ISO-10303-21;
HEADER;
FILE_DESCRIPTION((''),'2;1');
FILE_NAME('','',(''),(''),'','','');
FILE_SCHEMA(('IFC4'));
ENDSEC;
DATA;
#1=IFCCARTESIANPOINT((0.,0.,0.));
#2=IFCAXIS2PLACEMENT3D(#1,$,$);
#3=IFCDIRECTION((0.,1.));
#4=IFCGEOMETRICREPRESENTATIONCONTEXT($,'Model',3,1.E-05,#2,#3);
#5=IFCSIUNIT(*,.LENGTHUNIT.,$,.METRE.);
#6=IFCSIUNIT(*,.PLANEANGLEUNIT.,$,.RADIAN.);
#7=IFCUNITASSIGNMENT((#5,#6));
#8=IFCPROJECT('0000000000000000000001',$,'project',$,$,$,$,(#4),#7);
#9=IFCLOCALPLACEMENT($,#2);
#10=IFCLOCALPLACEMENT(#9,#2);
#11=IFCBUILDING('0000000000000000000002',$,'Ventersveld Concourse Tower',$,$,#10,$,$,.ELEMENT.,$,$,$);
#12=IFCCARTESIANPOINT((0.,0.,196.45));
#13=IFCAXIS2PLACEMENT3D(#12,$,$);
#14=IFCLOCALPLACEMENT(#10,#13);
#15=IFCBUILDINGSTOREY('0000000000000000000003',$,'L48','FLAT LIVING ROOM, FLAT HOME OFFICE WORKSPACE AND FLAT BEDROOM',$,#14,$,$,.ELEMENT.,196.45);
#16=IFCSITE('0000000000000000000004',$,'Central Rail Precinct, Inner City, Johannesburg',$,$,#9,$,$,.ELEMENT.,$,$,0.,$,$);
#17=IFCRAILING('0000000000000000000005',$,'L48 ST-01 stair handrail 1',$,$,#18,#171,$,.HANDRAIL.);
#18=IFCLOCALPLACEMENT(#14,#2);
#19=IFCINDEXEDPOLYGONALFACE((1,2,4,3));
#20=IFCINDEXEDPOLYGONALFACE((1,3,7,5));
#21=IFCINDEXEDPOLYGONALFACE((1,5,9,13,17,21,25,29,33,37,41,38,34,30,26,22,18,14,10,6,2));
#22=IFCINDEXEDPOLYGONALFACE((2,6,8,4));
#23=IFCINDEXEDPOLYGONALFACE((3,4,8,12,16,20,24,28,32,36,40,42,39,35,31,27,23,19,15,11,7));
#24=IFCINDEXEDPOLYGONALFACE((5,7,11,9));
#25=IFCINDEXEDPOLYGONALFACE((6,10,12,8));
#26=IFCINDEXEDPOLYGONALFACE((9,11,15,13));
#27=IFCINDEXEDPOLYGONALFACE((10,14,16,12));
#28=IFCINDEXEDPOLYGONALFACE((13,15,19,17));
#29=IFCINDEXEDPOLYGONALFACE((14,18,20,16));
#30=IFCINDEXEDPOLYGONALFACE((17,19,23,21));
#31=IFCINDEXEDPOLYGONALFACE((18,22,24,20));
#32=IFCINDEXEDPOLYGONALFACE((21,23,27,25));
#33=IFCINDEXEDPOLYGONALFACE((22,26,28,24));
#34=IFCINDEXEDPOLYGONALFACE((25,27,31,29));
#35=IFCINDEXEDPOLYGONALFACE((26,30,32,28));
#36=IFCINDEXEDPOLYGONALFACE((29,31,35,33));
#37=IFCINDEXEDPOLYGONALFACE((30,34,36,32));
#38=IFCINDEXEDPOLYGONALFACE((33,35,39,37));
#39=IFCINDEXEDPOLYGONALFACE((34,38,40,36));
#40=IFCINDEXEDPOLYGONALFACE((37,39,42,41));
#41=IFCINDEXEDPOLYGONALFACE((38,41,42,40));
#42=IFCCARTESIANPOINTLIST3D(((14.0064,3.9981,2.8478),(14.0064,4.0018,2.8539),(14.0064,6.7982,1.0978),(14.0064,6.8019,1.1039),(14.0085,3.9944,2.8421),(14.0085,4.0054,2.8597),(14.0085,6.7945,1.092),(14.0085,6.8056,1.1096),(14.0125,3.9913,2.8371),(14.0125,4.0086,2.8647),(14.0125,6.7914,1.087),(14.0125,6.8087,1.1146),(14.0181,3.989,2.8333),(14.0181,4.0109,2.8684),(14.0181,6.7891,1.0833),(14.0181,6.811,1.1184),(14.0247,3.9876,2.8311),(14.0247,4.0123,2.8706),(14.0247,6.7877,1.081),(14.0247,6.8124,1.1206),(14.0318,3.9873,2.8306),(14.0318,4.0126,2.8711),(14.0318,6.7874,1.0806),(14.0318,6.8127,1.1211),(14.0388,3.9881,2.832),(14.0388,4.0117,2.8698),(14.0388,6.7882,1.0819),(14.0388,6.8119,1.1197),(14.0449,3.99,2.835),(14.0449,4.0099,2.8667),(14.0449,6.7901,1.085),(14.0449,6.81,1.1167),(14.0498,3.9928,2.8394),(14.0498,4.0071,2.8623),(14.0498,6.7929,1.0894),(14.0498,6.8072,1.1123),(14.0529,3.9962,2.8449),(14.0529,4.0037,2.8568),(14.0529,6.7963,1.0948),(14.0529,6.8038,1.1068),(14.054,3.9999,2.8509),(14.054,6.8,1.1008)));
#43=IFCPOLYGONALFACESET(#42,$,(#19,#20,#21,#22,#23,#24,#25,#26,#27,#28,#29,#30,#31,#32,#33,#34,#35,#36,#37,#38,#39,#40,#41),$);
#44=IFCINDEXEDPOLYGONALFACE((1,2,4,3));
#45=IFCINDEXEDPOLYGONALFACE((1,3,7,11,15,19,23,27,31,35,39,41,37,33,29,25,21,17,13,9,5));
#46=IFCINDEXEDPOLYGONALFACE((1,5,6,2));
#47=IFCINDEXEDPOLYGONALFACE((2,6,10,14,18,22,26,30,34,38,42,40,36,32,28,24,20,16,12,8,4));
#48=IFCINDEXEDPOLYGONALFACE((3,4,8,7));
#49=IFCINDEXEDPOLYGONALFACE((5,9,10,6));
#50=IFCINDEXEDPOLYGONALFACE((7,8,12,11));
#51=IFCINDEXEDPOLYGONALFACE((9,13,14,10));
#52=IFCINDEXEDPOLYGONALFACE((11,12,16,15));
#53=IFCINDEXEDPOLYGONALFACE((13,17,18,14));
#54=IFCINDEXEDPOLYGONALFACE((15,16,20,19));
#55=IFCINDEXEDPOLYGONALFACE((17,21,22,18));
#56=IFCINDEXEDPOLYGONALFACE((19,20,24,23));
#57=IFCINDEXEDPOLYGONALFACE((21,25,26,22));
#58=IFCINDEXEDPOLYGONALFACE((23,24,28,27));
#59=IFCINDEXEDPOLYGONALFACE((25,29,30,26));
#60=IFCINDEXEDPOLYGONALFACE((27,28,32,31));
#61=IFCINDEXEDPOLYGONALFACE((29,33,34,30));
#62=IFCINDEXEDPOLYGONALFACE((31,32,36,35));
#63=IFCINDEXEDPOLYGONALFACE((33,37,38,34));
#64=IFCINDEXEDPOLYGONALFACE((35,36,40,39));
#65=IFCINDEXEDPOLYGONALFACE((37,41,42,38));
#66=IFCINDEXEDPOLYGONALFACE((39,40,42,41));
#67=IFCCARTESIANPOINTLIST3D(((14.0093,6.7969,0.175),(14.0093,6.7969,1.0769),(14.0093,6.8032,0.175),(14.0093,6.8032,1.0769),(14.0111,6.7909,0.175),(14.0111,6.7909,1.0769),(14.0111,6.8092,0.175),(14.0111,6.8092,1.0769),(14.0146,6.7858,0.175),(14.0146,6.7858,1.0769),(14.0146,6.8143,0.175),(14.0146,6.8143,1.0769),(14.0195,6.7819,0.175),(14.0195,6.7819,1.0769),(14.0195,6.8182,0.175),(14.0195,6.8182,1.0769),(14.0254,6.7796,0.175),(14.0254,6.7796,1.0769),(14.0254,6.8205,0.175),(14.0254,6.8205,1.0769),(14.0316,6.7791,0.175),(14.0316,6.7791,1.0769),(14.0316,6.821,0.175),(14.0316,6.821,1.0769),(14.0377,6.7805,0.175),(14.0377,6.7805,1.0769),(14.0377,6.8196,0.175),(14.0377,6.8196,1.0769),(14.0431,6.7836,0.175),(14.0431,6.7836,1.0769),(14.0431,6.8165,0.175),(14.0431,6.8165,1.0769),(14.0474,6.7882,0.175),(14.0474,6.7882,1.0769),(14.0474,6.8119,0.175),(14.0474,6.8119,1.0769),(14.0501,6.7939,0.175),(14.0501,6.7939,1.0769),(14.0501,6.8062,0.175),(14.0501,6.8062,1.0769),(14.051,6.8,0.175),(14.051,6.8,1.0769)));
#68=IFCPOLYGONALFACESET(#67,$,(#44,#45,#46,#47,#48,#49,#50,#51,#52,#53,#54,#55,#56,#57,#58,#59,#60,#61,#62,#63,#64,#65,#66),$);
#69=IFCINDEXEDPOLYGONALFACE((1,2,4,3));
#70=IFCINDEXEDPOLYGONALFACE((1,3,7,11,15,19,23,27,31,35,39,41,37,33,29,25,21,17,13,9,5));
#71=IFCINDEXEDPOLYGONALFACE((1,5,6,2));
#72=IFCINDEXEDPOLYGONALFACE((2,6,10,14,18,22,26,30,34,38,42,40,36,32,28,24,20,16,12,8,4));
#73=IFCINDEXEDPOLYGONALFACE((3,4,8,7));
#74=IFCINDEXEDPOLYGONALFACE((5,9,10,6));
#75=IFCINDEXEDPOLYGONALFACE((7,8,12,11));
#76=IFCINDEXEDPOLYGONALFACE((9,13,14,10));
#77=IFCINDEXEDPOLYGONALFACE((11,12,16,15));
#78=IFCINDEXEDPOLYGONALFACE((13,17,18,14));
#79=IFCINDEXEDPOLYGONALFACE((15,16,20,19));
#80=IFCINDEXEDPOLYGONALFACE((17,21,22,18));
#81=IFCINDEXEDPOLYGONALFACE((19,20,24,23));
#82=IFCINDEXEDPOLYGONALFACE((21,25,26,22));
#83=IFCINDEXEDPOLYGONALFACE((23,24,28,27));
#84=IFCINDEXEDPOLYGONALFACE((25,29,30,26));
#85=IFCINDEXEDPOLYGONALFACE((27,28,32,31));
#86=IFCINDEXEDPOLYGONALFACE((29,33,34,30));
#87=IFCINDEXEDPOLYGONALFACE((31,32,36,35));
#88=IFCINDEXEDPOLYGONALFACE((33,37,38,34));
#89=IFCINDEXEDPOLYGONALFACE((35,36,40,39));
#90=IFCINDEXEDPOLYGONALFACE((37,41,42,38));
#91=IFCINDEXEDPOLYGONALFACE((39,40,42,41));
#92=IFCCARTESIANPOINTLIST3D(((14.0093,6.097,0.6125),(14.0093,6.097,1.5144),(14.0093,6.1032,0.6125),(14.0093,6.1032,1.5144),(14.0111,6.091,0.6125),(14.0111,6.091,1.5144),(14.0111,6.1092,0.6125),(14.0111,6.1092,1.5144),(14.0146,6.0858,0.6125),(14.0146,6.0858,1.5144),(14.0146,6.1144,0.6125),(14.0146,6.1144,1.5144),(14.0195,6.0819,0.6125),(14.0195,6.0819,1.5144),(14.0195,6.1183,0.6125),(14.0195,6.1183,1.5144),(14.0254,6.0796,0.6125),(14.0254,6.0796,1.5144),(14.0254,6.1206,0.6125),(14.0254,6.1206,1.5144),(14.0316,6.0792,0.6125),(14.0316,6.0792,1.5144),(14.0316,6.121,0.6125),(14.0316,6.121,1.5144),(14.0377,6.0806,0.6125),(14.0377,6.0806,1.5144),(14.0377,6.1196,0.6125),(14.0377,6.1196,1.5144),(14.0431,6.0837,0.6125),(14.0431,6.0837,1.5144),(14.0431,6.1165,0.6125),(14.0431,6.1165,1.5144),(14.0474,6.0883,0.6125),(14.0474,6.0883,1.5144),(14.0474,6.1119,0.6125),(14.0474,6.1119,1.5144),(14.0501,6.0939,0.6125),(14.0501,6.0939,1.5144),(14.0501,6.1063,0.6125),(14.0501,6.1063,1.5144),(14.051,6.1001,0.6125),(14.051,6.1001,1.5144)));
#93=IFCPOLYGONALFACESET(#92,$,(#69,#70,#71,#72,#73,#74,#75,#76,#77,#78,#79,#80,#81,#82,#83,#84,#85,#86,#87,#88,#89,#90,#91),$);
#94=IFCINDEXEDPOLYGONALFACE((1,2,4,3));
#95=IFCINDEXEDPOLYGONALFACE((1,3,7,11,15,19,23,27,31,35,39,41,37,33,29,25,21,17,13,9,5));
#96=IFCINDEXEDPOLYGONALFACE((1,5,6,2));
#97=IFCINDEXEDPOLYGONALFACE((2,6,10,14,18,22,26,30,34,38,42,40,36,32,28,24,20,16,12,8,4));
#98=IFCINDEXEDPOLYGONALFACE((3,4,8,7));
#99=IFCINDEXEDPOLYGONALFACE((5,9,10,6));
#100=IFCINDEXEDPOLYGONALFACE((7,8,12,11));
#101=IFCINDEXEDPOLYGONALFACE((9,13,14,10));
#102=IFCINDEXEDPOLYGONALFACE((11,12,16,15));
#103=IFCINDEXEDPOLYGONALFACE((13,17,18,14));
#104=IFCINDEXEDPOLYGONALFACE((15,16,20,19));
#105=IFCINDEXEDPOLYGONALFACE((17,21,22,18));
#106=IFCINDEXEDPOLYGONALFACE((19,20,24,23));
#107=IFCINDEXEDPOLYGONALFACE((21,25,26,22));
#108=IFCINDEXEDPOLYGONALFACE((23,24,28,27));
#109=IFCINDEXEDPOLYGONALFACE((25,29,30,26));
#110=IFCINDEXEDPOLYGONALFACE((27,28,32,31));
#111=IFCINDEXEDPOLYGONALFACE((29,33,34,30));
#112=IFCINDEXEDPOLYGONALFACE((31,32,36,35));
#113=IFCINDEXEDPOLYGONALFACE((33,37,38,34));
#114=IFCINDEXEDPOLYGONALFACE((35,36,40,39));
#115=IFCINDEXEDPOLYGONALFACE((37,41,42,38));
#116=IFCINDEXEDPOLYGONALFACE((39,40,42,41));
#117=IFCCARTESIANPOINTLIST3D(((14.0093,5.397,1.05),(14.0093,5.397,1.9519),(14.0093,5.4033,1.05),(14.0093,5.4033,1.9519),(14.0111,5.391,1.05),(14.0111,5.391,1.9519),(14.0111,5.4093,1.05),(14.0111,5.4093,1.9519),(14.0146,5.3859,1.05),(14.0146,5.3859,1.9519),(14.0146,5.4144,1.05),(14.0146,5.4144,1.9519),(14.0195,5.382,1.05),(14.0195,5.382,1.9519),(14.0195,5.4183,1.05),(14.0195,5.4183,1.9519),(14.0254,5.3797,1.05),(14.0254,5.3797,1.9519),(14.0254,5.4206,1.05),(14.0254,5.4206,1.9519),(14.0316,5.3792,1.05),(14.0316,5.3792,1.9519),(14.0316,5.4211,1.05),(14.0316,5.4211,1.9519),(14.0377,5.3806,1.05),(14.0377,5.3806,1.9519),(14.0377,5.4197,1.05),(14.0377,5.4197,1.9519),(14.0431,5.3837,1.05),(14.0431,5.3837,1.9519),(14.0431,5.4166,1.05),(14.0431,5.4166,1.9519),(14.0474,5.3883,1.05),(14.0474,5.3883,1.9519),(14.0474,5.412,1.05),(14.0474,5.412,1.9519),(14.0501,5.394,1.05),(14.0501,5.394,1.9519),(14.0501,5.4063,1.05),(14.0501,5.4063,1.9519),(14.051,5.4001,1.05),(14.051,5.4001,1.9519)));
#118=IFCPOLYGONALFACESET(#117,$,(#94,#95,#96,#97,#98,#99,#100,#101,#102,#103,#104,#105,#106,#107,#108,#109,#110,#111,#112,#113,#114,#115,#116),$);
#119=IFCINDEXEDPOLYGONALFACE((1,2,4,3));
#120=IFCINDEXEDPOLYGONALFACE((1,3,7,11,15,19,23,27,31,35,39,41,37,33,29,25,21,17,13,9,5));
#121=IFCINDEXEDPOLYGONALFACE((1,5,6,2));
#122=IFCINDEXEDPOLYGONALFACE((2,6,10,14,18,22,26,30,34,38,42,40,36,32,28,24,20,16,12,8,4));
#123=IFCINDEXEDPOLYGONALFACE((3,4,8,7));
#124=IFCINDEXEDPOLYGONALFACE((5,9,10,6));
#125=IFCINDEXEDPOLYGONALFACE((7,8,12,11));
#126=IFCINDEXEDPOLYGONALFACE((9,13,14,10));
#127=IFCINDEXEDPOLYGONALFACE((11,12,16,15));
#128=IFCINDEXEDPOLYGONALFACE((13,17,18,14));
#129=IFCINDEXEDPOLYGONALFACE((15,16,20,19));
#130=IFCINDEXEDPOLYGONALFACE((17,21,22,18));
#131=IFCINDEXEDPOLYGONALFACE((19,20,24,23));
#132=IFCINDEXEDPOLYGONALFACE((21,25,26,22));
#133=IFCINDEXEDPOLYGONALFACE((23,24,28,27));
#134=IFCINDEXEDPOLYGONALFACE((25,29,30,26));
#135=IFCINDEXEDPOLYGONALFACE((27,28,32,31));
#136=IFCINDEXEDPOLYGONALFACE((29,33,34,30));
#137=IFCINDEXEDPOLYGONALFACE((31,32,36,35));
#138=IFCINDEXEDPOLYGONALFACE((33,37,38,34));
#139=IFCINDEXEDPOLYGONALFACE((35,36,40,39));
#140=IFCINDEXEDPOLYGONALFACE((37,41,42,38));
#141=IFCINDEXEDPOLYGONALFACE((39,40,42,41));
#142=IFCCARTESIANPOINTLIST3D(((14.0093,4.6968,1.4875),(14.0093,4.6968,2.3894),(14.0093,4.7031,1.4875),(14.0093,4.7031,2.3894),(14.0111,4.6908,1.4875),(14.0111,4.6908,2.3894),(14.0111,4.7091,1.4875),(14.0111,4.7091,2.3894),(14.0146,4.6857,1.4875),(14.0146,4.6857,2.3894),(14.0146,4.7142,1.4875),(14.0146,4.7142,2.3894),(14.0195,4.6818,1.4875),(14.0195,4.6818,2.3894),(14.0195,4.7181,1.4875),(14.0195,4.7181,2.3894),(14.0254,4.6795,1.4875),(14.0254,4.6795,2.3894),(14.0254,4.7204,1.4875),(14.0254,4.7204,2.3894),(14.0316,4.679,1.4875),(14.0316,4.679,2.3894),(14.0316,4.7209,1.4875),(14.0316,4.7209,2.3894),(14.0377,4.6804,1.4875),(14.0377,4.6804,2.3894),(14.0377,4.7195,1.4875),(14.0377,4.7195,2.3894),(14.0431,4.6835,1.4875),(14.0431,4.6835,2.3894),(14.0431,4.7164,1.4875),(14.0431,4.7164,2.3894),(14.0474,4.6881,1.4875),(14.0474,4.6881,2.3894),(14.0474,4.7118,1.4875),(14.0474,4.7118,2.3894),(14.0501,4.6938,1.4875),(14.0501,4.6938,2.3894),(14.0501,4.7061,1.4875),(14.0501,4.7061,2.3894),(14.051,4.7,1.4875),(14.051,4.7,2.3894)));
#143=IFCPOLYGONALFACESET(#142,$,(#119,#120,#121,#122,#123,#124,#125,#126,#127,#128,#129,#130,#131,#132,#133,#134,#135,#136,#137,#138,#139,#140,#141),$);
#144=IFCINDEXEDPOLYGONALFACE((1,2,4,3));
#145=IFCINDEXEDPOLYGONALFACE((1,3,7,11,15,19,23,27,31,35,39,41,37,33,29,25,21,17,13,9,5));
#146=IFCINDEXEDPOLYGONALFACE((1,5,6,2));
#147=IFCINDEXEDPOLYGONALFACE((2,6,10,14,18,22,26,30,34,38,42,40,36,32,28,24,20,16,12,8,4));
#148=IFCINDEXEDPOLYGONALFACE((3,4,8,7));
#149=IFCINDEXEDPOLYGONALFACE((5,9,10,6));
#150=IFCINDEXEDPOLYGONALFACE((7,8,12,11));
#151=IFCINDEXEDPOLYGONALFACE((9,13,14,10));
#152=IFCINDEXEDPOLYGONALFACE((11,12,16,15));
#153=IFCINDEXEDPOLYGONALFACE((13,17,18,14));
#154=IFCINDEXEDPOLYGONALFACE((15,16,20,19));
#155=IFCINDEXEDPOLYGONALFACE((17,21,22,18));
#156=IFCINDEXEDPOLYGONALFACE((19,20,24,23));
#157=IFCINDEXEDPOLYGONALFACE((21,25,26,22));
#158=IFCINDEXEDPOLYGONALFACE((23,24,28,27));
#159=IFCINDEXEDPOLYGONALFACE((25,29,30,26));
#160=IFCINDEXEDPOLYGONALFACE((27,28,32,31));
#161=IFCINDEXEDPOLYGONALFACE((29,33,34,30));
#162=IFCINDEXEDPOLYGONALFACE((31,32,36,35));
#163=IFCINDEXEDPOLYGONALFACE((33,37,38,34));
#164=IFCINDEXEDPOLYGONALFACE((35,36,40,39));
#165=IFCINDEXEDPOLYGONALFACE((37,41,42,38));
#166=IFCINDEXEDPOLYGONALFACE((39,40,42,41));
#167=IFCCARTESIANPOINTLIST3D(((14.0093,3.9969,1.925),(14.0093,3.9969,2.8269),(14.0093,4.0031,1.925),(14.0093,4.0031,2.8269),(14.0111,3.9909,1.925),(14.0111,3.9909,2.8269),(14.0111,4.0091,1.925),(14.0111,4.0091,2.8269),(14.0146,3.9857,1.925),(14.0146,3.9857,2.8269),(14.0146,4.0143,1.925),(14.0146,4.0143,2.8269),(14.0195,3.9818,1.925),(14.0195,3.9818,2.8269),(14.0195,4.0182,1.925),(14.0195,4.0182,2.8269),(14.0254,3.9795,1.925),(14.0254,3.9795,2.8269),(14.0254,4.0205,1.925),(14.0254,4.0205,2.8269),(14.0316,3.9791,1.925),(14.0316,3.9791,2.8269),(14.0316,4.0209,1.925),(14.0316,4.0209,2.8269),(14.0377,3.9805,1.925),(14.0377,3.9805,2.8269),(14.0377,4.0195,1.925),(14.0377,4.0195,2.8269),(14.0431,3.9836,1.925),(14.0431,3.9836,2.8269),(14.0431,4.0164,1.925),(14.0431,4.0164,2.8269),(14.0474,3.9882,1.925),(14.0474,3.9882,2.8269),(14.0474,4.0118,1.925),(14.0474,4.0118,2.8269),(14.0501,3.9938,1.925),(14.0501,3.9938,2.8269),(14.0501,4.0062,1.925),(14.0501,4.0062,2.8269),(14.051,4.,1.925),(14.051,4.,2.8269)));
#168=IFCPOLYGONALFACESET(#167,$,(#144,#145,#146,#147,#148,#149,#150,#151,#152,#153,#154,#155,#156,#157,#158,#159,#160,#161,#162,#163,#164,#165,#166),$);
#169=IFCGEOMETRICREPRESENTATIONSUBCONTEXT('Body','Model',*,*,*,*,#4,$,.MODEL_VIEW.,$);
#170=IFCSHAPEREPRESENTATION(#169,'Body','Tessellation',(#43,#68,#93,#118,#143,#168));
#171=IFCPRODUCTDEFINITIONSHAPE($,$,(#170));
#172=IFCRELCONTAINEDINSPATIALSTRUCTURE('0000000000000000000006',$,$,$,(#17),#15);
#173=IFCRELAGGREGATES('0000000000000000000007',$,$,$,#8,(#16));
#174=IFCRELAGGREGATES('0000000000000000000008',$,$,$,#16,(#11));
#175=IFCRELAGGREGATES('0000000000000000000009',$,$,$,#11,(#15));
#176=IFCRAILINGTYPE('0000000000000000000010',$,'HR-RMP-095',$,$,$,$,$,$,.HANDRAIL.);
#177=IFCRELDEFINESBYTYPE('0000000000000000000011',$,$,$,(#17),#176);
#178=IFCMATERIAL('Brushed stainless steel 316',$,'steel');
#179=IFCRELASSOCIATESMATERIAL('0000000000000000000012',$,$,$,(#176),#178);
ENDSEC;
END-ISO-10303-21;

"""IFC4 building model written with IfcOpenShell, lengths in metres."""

from ifc_helpers import new_model, si_unit, direction, frame, origin, origin_2d, place, context, subcontext, project, spatial, circle, extrude, material, type_object, element, save


model = new_model("IFC4")

# Units and contexts
model_context = context("Model", 3, precision=1e-05, world=origin(), true_north=direction((0.0, 1.0)))
body_context = subcontext(model_context, "Body", "Model", "MODEL_VIEW")
ifc_project = project(units=[si_unit("LENGTHUNIT", "METRE"), si_unit("PLANEANGLEUNIT", "RADIAN")], contexts=[model_context])

# Site, building, storey
site_placement = place(None, origin())
site = spatial("IfcSite", under=ifc_project, at=site_placement, Name="Central Rail Precinct, Inner City, Johannesburg", CompositionType="ELEMENT", RefElevation=0.0)
building_placement = place(site_placement, origin())
building = spatial("IfcBuilding", under=site, at=building_placement, Name="Ventersveld Concourse Tower", CompositionType="ELEMENT")
storey_placement = place(building_placement, frame((0.0, 0.0, 196.45)))
storey = spatial("IfcBuildingStorey", under=building, at=storey_placement, Name="L48", Description="FLAT LIVING ROOM, FLAT HOME OFFICE WORKSPACE AND FLAT BEDROOM", CompositionType="ELEMENT", Elevation=196.45)

# Railing
ifc_material_1 = material(Name="Brushed stainless steel 316", Category="steel")
railing_type = type_object("IfcRailingType", Name="HR-RMP-095", PredefinedType="HANDRAIL", material=ifc_material_1)
railing_placement = place(storey_placement, frame((14.03, 6.8, 0.175)))
element("IfcRailing", 1, at=railing_placement, inside=storey, type_object=railing_type, Name="L48 ST-01 stair handrail 1", PredefinedType="HANDRAIL", context=body_context, shape_type="SweptSolid", body=[
    extrude(circle(Radius=0.0239, at=origin_2d()), frame((0.0, 0.0, 0.9258), z_axis=(0.0, -0.848002, 0.529992), x_axis=(1.0, 0.0, 0.0)), (0.0, 0.0, 1.0), 3.302),
    extrude(circle(Radius=0.021, at=origin_2d()), origin(), (0.0, 0.0, 1.0), 0.9019),
    extrude(circle(Radius=0.021, at=origin_2d()), frame((0.0, -0.7, 0.4375)), (0.0, 0.0, 1.0), 0.9019),
    extrude(circle(Radius=0.021, at=origin_2d()), frame((0.0, -1.3999, 0.875)), (0.0, 0.0, 1.0), 0.9019),
    extrude(circle(Radius=0.021, at=origin_2d()), frame((0.0, -2.1001, 1.3125)), (0.0, 0.0, 1.0), 0.9019),
    extrude(circle(Radius=0.021, at=origin_2d()), frame((0.0, -2.8, 1.75)), (0.0, 0.0, 1.0), 0.9019),
])

save(model, "model.ifc")
